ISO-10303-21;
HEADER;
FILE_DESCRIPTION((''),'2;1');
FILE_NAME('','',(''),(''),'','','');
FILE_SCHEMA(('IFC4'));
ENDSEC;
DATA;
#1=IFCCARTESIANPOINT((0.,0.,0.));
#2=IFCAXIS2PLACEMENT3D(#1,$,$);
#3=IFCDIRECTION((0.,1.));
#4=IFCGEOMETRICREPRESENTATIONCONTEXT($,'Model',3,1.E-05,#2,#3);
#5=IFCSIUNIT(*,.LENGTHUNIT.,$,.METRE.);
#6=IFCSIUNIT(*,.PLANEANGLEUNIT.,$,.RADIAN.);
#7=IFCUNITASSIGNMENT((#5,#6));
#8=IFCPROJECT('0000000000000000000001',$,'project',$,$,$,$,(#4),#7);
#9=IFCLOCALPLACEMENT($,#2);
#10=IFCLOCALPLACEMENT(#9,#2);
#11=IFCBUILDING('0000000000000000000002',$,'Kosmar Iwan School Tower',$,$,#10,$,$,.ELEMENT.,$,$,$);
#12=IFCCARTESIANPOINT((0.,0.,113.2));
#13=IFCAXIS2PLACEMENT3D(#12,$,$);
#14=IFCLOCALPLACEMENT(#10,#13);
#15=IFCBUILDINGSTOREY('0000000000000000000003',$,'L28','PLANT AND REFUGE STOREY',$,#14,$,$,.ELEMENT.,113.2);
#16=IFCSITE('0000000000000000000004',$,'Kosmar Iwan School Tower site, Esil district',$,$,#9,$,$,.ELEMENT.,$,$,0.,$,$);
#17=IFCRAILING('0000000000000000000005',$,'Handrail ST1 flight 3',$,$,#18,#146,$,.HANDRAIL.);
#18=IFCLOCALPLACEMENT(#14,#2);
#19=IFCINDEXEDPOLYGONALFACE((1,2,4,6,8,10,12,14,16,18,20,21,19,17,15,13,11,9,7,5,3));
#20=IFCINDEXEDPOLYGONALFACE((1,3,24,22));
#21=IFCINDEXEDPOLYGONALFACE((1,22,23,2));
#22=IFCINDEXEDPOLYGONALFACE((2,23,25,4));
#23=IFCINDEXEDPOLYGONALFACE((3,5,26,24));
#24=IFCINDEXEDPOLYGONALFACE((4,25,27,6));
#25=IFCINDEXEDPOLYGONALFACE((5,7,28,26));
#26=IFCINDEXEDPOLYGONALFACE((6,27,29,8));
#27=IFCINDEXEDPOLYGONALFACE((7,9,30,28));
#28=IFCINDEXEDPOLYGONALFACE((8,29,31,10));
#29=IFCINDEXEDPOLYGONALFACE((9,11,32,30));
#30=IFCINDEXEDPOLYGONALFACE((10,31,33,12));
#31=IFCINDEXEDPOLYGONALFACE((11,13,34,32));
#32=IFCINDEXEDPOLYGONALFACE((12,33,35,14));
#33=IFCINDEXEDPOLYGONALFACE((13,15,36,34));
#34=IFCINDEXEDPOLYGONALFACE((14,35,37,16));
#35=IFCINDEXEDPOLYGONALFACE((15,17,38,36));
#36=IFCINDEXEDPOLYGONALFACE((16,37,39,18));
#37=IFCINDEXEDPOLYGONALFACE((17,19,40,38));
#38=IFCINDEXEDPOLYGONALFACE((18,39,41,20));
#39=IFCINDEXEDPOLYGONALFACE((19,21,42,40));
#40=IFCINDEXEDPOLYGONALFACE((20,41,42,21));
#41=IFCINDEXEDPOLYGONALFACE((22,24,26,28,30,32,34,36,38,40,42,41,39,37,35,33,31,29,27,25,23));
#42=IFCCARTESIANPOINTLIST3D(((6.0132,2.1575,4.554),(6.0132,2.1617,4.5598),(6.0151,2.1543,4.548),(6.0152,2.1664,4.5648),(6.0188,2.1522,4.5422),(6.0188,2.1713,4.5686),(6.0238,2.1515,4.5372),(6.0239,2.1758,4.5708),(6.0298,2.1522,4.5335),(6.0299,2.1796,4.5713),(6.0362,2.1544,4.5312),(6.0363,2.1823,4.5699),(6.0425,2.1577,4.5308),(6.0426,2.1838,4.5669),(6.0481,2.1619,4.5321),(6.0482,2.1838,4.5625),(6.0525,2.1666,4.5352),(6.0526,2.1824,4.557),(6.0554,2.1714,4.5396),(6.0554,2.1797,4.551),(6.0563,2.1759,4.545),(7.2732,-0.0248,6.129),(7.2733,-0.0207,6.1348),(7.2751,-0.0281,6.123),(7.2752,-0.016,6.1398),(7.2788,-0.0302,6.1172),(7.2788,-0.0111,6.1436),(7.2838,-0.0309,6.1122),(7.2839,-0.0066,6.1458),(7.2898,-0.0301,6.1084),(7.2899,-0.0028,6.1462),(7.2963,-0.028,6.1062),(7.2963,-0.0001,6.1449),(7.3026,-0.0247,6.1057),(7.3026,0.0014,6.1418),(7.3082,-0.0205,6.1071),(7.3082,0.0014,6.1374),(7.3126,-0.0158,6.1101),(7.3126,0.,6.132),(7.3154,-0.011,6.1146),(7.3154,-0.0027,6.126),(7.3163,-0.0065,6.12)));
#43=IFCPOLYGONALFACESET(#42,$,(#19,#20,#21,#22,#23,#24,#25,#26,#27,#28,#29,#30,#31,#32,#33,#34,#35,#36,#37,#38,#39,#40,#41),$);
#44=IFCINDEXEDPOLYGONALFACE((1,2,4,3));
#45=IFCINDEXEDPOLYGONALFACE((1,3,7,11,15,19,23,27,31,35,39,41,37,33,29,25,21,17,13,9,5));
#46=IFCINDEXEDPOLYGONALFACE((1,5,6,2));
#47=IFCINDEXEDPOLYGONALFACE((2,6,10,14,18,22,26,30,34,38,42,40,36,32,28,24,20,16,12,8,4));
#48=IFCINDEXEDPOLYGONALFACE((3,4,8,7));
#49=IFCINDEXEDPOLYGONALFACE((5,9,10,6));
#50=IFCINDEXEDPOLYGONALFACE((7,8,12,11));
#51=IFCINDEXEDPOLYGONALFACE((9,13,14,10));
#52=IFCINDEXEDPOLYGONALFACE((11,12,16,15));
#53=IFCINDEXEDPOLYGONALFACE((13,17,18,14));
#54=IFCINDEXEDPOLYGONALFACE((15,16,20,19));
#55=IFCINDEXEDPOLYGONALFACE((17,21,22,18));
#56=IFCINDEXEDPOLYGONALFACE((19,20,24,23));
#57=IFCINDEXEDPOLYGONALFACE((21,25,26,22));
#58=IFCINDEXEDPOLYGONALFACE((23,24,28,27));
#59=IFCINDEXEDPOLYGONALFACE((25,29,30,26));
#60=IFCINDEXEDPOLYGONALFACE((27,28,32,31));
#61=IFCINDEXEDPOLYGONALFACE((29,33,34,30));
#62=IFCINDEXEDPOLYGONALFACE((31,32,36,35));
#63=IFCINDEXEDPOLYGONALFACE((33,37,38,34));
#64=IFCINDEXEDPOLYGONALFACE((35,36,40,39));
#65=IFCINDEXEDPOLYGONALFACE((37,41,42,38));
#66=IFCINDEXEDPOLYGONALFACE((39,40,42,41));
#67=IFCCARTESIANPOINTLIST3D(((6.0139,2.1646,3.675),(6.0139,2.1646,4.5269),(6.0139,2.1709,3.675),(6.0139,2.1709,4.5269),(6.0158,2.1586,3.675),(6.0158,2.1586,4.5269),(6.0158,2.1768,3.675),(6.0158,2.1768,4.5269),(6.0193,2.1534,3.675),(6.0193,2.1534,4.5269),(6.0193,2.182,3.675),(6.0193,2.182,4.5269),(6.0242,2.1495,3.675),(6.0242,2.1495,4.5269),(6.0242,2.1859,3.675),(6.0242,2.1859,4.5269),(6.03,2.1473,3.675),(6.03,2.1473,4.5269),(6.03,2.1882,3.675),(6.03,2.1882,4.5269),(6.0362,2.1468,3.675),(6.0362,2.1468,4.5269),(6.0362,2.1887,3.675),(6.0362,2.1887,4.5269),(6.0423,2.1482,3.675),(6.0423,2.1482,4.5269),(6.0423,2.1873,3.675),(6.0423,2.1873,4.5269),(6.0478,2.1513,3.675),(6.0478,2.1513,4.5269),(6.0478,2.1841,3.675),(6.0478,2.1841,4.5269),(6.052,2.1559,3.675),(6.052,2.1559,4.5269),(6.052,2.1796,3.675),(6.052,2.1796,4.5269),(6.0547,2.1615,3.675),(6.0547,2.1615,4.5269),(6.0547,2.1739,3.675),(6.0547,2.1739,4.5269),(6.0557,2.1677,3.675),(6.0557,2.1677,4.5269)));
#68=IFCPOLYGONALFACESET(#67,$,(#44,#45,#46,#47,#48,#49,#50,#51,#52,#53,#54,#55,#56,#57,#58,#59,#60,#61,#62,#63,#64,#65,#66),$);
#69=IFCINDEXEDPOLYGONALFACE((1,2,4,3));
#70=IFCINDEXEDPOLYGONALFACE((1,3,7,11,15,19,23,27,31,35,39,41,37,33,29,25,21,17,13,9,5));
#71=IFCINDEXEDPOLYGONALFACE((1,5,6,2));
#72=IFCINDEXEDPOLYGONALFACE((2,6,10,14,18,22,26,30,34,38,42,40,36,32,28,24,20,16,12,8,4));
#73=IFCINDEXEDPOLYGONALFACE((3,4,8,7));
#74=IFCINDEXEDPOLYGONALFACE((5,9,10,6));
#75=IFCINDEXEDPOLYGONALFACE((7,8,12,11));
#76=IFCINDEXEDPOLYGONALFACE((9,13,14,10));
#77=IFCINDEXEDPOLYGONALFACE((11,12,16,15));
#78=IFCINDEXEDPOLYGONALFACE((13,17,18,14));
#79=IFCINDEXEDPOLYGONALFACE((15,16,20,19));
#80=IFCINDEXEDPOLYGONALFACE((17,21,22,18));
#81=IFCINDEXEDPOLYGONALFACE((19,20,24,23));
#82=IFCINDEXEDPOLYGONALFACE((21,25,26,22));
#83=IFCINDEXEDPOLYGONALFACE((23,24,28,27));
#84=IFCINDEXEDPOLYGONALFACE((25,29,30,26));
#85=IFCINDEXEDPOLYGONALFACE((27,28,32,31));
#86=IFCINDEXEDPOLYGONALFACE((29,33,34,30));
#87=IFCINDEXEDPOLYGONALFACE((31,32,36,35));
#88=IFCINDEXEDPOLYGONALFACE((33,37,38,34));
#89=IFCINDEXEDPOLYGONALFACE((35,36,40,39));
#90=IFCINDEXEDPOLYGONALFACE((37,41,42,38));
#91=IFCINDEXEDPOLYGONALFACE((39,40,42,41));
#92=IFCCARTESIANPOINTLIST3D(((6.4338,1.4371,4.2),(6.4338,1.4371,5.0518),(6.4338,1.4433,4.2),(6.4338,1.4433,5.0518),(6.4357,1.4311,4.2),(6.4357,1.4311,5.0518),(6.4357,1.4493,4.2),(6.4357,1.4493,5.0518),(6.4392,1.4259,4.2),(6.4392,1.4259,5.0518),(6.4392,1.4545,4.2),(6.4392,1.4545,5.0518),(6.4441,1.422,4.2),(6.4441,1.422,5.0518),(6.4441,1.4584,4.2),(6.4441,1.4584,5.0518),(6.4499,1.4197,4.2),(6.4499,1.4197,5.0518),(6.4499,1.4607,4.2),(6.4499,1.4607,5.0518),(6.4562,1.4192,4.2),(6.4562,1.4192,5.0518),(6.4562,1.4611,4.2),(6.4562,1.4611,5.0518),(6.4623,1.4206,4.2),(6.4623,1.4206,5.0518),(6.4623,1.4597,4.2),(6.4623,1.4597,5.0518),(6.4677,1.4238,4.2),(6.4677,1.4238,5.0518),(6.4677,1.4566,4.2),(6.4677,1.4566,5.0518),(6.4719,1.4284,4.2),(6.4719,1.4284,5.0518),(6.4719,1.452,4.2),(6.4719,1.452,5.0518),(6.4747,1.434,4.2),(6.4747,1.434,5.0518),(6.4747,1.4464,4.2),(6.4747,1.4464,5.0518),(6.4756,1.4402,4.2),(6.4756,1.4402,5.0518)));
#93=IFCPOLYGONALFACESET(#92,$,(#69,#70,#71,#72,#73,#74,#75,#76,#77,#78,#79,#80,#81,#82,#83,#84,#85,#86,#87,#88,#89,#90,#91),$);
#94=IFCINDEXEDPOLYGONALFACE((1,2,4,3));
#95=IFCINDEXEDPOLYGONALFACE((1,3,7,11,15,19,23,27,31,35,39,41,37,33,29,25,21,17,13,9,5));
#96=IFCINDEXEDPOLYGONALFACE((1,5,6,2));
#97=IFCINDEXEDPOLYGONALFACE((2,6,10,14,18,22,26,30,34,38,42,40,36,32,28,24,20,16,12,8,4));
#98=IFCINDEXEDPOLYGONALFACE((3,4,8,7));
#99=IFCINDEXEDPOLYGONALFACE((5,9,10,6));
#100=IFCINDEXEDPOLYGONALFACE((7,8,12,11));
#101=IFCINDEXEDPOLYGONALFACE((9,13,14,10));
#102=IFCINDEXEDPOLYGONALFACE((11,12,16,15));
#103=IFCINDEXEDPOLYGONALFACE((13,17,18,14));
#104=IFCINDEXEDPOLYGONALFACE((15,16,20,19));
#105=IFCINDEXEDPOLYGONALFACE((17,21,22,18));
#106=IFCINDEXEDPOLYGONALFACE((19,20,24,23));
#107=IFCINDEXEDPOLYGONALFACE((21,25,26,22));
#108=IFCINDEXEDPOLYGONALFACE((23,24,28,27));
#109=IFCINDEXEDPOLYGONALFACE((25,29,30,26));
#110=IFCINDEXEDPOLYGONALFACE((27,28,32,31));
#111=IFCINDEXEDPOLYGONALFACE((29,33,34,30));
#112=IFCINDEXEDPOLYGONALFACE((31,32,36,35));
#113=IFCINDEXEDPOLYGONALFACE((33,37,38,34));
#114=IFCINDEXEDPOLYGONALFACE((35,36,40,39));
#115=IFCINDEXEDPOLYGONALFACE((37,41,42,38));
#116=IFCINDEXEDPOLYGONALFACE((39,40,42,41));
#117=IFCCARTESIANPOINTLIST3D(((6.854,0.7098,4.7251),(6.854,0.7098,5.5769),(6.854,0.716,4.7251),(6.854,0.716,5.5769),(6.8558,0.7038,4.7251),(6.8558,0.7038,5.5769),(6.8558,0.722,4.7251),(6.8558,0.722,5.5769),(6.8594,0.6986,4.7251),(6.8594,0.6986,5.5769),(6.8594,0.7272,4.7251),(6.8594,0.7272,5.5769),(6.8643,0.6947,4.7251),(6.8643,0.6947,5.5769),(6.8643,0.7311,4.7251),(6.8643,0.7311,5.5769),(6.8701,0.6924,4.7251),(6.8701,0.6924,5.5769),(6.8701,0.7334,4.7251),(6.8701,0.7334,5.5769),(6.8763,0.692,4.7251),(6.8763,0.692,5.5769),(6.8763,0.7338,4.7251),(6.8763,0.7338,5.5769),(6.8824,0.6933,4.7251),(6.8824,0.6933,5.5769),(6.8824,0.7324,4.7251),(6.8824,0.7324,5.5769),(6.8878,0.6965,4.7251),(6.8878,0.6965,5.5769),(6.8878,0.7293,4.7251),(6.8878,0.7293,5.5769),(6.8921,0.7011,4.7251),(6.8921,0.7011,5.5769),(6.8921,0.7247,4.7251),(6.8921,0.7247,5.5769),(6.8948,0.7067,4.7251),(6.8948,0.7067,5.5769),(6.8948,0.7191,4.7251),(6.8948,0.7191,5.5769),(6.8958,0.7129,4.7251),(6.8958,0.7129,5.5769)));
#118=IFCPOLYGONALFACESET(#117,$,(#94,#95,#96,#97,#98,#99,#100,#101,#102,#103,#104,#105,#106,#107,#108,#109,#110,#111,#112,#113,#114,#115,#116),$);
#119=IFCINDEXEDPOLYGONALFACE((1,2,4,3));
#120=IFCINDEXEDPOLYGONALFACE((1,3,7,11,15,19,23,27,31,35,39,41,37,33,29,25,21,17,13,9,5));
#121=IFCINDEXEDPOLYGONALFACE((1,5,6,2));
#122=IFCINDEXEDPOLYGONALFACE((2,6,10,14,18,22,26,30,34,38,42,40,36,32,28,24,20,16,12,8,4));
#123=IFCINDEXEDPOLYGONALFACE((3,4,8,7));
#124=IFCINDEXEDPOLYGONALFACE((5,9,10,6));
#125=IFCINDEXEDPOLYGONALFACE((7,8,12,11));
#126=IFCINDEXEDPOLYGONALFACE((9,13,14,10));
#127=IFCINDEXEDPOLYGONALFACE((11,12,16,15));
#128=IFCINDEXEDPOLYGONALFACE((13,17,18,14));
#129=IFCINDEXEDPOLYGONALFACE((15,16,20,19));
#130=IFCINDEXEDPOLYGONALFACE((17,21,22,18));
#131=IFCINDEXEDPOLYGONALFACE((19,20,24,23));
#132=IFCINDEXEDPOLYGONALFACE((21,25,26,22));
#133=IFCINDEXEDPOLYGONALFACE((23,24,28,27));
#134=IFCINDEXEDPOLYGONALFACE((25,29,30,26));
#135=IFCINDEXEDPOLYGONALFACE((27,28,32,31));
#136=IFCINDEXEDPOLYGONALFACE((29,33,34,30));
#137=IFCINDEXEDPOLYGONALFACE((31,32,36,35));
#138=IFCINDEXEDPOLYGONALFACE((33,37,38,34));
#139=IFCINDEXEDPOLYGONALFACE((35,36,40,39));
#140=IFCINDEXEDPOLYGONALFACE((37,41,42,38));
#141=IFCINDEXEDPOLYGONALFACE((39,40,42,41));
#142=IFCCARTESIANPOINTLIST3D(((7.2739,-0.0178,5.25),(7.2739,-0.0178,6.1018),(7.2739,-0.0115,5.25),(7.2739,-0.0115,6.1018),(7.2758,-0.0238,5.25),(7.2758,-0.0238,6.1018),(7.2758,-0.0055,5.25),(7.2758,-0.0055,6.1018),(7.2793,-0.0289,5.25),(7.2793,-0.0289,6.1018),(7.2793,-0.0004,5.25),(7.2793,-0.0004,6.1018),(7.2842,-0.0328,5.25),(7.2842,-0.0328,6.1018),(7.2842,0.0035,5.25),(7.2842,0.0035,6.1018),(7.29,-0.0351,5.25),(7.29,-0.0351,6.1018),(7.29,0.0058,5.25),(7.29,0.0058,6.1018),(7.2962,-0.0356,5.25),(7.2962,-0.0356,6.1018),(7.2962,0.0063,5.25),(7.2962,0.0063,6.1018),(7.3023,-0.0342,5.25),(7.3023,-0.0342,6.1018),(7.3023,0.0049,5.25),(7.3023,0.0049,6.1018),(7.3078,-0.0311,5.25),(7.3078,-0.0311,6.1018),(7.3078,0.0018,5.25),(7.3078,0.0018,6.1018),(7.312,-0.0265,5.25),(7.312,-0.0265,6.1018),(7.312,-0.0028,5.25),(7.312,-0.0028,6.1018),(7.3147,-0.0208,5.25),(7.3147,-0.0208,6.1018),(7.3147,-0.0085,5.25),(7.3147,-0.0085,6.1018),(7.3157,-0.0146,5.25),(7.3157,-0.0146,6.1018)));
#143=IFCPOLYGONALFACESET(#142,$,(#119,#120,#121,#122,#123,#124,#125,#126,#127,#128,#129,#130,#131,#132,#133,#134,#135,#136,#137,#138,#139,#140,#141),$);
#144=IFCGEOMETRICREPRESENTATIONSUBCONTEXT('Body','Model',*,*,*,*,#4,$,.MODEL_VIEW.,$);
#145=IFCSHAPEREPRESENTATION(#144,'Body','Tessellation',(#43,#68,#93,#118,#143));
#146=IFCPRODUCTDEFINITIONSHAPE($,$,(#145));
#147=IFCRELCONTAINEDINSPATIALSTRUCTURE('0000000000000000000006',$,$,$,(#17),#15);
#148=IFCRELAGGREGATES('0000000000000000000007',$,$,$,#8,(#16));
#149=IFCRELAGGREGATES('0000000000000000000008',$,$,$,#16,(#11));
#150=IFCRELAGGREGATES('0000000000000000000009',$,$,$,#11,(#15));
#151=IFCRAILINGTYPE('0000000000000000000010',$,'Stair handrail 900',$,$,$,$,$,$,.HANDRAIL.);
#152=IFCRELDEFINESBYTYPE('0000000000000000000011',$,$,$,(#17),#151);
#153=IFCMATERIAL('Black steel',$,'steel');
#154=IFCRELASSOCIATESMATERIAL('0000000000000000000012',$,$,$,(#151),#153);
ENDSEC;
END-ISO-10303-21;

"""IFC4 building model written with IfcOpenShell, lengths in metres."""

from ifc_helpers import new_model, si_unit, direction, frame, origin, origin_2d, place, context, subcontext, project, spatial, circle, extrude, material, type_object, element, save


model = new_model("IFC4")

# Units and contexts
model_context = context("Model", 3, precision=1e-05, world=origin(), true_north=direction((0.0, 1.0)))
body_context = subcontext(model_context, "Body", "Model", "MODEL_VIEW")
ifc_project = project(units=[si_unit("LENGTHUNIT", "METRE"), si_unit("PLANEANGLEUNIT", "RADIAN")], contexts=[model_context])

# Site, building, storey
site_placement = place(None, origin())
site = spatial("IfcSite", under=ifc_project, at=site_placement, Name="Kosmar Iwan School Tower site, Esil district", CompositionType="ELEMENT", RefElevation=0.0)
building_placement = place(site_placement, origin())
building = spatial("IfcBuilding", under=site, at=building_placement, Name="Kosmar Iwan School Tower", CompositionType="ELEMENT")
storey_placement = place(building_placement, frame((0.0, 0.0, 113.2)))
storey = spatial("IfcBuildingStorey", under=building, at=storey_placement, Name="L28", Description="PLANT AND REFUGE STOREY", CompositionType="ELEMENT", Elevation=113.2)

# Railing
ifc_material_1 = material(Name="Black steel", Category="steel")
railing_type = type_object("IfcRailingType", Name="Stair handrail 900", PredefinedType="HANDRAIL", material=ifc_material_1)
for number, where, name in (
    (1, (6.0347, 2.1677, 3.675), "Handrail ST1 flight 3"),
):
    element("IfcRailing", number, at=place(storey_placement, frame(where)), inside=storey, type_object=railing_type, Name=name, PredefinedType="HANDRAIL", context=body_context, shape_type="SweptSolid", body=[
        extrude(circle(Radius=0.0239, at=origin_2d()), frame((0.0, 0.0, 0.876), z_axis=(0.424007, -0.734392, 0.529988), x_axis=(0.866023, 0.500005, 0.0)), (0.0, 0.0, 1.0), 2.9717),
        extrude(circle(Radius=0.021, at=origin_2d()), origin(), (0.0, 0.0, 1.0), 0.8518),
        extrude(circle(Radius=0.021, at=origin_2d()), frame((0.4199, -0.7275, 0.5249)), (0.0, 0.0, 1.0), 0.8518),
        extrude(circle(Radius=0.021, at=origin_2d()), frame((0.8401, -1.4548, 1.05)), (0.0, 0.0, 1.0), 0.8518),
        extrude(circle(Radius=0.021, at=origin_2d()), frame((1.26, -2.1824, 1.575)), (0.0, 0.0, 1.0), 0.8518),
    ])

save(model, "model.ifc")
